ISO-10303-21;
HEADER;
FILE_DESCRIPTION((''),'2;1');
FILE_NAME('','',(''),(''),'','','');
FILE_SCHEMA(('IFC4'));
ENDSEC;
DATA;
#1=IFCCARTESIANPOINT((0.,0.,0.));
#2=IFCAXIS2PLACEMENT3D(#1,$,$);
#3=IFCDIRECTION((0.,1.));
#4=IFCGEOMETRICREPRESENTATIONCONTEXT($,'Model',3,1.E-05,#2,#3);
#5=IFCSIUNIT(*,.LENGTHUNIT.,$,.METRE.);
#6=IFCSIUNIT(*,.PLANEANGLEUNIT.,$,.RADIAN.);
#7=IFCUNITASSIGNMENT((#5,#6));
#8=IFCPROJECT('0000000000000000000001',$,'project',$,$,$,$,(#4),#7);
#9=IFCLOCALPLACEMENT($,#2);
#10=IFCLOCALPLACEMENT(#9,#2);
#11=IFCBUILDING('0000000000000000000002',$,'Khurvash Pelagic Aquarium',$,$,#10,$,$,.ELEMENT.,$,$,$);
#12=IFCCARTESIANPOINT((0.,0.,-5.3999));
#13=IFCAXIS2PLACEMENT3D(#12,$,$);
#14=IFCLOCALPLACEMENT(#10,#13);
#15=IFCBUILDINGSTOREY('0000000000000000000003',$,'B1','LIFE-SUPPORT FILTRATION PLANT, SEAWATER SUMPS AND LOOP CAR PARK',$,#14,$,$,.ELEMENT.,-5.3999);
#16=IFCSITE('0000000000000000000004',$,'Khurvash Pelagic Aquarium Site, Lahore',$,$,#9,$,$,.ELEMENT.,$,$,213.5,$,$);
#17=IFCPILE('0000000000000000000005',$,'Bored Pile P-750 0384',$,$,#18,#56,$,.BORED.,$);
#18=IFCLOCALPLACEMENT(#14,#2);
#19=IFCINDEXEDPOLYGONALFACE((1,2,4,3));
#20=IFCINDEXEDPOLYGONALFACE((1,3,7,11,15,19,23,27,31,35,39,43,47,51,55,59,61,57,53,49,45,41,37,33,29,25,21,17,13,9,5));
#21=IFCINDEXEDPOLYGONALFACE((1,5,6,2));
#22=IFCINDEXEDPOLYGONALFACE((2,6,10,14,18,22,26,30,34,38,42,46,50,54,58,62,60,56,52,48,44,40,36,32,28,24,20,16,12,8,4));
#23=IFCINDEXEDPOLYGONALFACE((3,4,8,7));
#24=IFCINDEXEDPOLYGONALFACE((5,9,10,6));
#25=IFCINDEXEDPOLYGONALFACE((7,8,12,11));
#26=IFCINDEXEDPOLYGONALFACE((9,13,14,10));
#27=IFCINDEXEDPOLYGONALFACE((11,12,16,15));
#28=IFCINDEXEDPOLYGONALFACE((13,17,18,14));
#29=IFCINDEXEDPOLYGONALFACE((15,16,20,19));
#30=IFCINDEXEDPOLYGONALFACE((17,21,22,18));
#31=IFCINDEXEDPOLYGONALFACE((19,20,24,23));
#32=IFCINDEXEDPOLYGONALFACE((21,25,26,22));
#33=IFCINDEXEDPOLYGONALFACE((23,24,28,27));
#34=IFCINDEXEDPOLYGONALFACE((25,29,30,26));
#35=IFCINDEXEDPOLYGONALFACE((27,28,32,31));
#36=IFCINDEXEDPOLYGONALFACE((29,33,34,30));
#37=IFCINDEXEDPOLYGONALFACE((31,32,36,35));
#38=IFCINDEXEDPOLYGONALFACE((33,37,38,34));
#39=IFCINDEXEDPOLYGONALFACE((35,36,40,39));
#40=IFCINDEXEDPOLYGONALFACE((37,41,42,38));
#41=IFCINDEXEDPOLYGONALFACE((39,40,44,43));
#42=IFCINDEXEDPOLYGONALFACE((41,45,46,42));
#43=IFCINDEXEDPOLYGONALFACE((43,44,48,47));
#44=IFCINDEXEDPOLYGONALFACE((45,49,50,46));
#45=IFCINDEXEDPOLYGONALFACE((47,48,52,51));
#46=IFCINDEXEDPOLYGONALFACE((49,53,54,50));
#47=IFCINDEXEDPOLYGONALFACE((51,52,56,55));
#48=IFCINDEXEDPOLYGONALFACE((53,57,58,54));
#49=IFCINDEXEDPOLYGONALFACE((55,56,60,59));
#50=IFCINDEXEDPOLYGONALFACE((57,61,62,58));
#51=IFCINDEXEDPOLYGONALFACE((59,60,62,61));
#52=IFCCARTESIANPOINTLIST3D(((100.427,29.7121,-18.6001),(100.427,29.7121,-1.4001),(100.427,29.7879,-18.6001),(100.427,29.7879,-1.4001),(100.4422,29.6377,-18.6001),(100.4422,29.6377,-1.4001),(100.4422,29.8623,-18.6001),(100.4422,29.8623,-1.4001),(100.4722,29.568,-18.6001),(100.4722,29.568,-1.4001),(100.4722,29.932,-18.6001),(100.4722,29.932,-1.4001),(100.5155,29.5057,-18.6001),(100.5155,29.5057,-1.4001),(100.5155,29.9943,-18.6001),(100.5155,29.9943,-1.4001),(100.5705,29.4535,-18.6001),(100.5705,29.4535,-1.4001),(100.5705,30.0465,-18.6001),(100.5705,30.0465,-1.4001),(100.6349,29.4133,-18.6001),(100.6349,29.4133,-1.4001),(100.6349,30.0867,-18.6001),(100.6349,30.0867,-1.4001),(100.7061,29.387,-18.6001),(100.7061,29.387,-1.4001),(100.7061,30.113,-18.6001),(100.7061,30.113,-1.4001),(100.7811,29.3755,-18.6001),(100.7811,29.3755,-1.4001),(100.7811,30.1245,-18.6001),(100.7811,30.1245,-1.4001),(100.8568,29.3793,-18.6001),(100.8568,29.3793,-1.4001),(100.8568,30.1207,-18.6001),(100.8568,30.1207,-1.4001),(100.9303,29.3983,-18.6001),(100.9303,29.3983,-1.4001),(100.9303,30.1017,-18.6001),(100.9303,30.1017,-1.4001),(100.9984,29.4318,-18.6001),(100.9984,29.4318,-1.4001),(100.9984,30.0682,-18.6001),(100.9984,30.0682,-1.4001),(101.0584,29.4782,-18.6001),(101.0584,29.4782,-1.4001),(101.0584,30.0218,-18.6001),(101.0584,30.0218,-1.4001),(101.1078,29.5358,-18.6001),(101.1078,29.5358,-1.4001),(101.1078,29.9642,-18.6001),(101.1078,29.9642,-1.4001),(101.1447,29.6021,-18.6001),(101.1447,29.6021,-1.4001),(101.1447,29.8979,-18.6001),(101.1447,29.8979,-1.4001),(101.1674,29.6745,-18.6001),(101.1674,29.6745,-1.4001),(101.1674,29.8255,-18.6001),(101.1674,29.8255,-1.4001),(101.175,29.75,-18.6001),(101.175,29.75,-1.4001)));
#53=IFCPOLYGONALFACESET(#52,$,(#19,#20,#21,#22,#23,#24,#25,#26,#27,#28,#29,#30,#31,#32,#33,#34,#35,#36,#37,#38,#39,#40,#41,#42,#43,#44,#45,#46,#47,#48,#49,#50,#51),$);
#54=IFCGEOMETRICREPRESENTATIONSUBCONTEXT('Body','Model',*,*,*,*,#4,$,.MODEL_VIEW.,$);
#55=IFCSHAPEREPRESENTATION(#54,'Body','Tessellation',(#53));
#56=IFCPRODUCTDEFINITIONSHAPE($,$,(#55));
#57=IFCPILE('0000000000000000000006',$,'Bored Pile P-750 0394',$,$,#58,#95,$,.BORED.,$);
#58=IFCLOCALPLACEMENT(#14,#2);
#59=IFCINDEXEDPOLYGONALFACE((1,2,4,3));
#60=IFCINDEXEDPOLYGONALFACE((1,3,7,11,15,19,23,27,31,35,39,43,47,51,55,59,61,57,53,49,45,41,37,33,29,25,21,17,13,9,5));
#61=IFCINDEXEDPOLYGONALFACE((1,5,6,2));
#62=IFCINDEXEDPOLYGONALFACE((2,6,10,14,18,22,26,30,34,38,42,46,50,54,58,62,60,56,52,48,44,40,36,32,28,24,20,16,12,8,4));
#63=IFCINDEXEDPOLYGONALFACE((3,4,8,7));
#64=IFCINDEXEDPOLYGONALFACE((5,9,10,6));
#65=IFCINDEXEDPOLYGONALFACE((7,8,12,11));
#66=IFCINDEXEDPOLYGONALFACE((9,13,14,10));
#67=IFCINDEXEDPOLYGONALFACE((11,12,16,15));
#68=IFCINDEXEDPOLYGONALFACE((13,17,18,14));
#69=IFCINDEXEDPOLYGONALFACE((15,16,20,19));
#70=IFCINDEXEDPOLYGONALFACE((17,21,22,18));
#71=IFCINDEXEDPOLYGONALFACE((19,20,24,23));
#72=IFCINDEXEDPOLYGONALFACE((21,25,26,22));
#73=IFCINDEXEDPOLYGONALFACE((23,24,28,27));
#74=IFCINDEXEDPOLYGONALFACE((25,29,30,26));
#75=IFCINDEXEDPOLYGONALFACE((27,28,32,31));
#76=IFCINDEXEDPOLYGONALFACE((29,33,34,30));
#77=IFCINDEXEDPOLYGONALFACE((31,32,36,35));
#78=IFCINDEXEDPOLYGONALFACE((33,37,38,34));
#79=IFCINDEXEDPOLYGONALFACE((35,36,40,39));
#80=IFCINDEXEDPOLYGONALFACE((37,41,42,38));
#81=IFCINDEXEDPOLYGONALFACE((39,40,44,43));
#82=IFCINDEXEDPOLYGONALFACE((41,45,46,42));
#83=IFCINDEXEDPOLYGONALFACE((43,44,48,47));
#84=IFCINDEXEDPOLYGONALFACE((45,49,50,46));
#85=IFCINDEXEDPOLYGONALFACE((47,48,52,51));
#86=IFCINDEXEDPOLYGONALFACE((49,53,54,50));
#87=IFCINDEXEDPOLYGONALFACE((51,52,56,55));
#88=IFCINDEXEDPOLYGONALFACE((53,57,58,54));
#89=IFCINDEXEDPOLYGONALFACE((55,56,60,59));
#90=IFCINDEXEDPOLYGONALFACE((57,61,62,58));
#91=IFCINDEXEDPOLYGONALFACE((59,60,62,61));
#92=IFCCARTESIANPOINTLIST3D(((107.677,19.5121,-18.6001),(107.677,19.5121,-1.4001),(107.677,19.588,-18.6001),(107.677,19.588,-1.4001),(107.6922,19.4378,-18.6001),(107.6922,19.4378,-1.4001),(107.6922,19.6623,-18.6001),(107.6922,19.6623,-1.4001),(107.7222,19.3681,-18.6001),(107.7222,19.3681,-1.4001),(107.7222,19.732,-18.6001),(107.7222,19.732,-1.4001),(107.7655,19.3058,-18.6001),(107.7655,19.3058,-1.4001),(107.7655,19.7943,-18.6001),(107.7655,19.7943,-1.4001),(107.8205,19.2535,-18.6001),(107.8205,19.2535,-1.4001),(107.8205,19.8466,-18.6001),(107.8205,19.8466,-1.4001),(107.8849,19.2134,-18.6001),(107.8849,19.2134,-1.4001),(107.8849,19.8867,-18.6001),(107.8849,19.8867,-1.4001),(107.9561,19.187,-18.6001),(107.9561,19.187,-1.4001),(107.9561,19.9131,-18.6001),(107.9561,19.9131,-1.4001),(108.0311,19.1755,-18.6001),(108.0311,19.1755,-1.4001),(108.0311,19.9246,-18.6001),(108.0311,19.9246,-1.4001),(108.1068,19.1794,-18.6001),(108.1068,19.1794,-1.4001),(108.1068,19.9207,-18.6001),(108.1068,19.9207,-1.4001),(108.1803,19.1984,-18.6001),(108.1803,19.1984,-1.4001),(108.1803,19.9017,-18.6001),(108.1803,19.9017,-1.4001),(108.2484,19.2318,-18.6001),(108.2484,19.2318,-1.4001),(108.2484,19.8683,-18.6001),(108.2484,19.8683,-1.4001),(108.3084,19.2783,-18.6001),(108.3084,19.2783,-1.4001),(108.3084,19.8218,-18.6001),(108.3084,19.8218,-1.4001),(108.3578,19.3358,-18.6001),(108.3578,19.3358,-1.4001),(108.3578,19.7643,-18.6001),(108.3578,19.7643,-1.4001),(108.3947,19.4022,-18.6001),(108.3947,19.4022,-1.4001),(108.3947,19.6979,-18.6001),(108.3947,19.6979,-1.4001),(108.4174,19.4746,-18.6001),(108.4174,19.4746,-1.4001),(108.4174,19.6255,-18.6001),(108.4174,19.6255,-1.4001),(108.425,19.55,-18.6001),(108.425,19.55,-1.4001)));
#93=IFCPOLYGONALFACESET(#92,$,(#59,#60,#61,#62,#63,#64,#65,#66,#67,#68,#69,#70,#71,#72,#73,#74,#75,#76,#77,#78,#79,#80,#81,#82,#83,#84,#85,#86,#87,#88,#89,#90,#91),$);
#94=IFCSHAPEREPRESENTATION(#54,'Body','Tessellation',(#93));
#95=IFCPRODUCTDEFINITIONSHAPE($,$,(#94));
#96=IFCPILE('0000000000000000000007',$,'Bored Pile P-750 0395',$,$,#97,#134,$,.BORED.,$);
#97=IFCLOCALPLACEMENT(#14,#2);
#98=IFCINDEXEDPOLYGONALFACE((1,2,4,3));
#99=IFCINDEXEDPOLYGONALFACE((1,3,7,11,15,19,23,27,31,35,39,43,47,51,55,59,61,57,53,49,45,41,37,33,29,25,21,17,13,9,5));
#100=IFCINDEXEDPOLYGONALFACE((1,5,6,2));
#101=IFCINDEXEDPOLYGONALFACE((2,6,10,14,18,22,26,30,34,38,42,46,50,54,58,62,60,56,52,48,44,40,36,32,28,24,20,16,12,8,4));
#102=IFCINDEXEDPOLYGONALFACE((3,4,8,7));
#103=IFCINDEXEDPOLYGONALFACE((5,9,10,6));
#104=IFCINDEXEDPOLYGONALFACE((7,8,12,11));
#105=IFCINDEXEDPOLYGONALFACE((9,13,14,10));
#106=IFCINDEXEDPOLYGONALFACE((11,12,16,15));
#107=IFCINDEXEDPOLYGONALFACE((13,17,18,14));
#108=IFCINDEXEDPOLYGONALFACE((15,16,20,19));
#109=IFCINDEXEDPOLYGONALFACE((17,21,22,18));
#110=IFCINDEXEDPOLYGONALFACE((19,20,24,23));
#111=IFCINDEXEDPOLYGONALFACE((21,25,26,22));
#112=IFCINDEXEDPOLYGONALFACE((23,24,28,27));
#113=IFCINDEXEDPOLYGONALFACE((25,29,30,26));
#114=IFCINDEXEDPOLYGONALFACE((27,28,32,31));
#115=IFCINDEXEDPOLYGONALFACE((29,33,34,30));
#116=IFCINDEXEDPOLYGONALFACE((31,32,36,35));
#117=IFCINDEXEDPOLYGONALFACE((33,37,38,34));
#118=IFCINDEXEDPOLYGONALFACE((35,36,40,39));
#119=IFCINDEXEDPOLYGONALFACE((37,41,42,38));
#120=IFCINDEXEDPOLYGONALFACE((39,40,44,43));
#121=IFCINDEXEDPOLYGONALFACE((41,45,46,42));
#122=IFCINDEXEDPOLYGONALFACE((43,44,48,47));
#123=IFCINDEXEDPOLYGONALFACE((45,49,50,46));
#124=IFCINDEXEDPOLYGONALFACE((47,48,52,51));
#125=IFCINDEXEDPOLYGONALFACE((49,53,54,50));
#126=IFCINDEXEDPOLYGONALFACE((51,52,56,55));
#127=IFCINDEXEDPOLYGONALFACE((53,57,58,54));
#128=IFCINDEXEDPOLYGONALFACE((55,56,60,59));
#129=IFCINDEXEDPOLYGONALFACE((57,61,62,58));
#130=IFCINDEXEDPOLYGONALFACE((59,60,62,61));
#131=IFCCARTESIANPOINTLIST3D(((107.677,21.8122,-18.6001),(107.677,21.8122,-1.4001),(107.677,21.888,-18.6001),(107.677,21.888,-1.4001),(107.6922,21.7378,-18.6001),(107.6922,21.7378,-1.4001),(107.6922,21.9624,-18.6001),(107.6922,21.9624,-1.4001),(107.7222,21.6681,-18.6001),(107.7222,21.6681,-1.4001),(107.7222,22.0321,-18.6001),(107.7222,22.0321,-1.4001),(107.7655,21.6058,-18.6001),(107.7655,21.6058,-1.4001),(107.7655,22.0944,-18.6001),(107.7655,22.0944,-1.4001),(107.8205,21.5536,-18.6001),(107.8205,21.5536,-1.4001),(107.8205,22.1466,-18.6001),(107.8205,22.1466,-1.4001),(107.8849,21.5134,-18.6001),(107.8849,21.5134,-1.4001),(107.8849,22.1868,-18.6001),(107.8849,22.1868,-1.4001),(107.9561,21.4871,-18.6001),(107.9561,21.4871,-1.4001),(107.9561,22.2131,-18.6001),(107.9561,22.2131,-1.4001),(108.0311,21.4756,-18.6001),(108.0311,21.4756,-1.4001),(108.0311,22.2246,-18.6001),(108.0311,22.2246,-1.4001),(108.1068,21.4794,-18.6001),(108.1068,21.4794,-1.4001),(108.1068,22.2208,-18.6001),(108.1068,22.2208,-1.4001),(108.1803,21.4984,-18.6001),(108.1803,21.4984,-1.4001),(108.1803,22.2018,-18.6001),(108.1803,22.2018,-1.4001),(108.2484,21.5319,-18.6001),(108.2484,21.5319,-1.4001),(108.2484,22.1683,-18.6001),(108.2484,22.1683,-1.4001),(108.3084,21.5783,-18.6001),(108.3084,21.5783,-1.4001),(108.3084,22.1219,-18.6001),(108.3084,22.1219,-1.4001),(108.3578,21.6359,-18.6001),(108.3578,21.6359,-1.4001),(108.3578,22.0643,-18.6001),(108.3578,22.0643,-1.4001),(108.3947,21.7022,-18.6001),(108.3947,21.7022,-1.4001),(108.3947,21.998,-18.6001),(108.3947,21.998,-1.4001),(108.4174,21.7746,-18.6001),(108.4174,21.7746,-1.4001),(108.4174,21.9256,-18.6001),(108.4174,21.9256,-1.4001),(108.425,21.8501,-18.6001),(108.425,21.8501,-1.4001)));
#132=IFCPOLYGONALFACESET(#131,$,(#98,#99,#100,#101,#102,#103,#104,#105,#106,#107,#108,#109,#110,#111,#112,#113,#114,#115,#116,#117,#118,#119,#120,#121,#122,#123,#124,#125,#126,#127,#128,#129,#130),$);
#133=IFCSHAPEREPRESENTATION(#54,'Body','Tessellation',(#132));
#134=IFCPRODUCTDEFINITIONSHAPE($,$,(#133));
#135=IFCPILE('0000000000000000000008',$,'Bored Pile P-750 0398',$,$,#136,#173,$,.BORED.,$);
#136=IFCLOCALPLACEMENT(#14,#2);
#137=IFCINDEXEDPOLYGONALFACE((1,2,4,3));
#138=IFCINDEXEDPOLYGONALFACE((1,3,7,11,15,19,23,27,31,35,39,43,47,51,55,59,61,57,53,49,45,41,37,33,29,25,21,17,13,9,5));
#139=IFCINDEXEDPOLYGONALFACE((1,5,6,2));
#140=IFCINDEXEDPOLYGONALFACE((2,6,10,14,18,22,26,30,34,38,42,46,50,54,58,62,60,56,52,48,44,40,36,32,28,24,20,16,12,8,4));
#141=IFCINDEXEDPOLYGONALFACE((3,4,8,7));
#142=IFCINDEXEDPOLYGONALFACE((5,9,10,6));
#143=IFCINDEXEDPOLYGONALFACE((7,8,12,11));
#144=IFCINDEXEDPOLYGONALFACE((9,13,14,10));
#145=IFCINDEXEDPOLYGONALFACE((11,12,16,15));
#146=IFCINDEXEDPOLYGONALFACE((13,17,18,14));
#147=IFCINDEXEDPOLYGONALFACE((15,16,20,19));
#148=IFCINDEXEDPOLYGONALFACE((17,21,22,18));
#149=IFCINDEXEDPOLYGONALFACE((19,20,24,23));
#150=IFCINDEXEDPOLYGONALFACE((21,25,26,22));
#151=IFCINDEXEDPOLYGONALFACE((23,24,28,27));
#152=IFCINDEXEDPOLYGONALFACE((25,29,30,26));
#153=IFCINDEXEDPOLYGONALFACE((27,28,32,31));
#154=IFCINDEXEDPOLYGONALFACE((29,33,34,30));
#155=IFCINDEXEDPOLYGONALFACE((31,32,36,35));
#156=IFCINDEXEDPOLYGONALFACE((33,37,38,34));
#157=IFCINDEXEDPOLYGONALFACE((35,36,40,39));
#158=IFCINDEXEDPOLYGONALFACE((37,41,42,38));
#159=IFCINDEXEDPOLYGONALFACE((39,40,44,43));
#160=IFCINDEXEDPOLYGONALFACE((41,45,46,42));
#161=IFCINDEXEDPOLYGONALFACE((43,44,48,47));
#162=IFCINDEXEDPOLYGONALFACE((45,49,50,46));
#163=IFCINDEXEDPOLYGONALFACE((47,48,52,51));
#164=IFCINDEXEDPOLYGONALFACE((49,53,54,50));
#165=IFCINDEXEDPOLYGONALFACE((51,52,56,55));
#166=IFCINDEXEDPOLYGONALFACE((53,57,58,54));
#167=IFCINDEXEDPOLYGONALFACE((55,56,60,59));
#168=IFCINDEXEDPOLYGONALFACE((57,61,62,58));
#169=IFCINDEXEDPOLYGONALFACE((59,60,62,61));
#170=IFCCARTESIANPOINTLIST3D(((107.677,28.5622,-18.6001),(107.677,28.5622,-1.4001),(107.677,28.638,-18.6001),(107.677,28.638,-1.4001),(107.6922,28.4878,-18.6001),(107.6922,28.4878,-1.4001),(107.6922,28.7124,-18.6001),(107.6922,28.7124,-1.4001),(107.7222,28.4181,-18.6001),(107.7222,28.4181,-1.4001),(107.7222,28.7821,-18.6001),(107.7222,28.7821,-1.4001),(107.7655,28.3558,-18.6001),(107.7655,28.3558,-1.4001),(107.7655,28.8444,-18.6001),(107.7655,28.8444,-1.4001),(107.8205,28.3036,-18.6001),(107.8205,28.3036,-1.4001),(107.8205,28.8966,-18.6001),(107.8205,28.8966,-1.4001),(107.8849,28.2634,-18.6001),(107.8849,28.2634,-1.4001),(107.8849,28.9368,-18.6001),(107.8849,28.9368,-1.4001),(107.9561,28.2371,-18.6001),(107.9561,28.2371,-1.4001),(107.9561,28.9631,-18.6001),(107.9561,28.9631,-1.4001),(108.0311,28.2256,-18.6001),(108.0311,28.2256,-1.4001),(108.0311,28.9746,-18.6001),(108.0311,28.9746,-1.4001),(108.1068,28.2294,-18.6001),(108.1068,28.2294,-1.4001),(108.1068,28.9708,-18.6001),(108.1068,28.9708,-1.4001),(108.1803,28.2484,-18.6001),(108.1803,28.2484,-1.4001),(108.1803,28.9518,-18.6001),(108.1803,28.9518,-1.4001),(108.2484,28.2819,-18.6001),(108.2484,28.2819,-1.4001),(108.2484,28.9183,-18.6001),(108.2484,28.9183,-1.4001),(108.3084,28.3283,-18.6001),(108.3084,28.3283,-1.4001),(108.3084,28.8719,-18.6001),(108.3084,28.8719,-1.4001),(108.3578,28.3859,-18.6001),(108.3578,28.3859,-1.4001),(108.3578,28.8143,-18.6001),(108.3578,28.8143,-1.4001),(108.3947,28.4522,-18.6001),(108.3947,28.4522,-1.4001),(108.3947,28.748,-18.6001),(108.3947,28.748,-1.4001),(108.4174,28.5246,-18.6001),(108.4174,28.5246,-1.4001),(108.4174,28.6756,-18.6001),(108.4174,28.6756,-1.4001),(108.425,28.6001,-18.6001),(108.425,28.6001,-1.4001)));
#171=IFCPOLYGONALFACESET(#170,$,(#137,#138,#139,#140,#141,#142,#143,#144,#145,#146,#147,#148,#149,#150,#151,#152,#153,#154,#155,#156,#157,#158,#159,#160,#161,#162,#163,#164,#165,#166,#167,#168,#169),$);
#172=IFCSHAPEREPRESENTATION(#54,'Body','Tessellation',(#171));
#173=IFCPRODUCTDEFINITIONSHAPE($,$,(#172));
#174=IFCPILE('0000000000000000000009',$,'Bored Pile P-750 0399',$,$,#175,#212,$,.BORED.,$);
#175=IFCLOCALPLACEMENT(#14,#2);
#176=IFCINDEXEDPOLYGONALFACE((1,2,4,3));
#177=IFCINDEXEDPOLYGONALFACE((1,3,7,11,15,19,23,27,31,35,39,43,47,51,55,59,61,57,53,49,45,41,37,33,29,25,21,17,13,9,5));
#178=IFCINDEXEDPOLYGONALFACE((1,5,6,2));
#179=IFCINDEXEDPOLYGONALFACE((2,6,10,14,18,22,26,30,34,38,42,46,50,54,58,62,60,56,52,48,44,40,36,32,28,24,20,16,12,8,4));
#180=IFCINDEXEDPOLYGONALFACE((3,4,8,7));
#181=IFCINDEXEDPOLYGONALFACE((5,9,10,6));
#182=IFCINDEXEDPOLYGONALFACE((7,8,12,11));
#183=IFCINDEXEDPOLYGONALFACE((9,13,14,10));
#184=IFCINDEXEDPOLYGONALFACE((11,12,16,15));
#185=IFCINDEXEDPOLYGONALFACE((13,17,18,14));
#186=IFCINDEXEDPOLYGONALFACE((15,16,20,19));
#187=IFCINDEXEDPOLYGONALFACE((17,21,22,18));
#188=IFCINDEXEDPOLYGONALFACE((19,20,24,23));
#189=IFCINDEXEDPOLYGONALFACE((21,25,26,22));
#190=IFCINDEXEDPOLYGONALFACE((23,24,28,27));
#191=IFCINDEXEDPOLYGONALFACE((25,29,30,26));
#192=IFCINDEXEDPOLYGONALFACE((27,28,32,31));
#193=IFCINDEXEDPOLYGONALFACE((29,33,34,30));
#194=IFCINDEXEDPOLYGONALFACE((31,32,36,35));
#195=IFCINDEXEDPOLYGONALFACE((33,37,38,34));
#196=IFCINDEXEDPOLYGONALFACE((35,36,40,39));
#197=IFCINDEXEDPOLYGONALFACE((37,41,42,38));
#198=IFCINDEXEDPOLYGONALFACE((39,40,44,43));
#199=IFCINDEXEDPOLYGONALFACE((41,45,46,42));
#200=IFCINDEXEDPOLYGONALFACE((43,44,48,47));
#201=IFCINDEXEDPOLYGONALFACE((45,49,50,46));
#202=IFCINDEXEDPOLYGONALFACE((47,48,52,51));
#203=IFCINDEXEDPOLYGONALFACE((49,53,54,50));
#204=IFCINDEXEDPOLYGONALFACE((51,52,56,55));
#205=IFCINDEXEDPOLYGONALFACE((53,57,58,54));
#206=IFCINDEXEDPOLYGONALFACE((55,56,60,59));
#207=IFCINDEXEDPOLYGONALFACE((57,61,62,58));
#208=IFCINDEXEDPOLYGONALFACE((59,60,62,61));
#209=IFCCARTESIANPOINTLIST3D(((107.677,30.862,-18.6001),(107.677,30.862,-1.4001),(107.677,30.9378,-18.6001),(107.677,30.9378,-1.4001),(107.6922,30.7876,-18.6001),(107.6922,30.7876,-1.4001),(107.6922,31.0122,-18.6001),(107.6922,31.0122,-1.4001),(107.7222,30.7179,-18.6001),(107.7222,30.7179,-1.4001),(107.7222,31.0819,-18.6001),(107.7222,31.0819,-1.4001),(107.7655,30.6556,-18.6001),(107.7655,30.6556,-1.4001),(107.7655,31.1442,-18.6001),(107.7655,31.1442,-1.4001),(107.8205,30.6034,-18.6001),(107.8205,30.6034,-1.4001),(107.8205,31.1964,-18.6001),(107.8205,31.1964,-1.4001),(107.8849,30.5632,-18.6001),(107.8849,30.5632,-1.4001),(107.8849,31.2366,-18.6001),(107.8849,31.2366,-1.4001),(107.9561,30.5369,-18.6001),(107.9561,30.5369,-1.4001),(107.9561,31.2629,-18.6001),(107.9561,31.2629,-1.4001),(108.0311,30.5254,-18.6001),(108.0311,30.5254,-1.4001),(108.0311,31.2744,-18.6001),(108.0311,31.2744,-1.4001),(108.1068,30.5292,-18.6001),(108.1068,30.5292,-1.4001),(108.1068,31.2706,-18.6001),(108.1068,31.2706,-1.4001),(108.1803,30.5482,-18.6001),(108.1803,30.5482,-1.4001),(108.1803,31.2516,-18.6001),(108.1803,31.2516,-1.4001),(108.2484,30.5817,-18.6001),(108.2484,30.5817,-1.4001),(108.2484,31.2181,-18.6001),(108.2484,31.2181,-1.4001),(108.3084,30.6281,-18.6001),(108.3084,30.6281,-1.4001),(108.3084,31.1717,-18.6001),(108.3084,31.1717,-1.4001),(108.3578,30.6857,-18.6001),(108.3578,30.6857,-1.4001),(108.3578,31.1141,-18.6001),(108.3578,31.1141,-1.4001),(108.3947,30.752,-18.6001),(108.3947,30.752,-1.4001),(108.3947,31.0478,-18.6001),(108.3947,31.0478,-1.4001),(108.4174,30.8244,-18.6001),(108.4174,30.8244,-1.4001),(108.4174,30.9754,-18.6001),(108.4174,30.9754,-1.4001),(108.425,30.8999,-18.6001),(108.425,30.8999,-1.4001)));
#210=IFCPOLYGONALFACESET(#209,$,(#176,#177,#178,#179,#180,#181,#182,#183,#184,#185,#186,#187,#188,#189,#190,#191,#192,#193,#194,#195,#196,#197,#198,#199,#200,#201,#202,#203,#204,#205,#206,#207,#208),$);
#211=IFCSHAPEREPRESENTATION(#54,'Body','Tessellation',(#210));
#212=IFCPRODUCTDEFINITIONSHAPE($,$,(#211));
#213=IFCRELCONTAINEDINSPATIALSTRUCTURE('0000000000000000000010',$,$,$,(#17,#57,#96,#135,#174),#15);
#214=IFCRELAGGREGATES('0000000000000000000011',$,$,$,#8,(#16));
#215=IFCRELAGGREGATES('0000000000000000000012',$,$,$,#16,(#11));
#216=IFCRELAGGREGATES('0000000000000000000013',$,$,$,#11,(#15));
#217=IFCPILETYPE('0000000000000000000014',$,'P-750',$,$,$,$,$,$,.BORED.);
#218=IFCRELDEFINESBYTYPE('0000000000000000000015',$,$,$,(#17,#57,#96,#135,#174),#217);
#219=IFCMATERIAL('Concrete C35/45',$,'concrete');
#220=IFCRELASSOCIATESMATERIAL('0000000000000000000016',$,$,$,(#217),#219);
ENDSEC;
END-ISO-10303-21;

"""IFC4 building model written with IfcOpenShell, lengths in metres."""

from ifc_helpers import new_model, si_unit, direction, frame, origin, origin_2d, place, context, subcontext, project, spatial, circle, extrude, material, material_profile, profile_set, type_object, element, save


model = new_model("IFC4")

# Units and contexts
model_context = context("Model", 3, precision=1e-05, world=origin(), true_north=direction((0.0, 1.0)))
body_context = subcontext(model_context, "Body", "Model", "MODEL_VIEW")
ifc_project = project(units=[si_unit("LENGTHUNIT", "METRE"), si_unit("PLANEANGLEUNIT", "RADIAN")], contexts=[model_context])

# Site, building, storey
site_placement = place(None, origin())
site = spatial("IfcSite", under=ifc_project, at=site_placement, Name="Khurvash Pelagic Aquarium Site, Lahore", CompositionType="ELEMENT", RefElevation=213.5)
building_placement = place(site_placement, origin())
building = spatial("IfcBuilding", under=site, at=building_placement, Name="Khurvash Pelagic Aquarium", CompositionType="ELEMENT")
storey_placement = place(building_placement, frame((0.0, 0.0, -5.3999)))
storey = spatial("IfcBuildingStorey", under=building, at=storey_placement, Name="B1", Description="LIFE-SUPPORT FILTRATION PLANT, SEAWATER SUMPS AND LOOP CAR PARK", CompositionType="ELEMENT", Elevation=-5.3999)

# Shared definitions
ifc_material_1 = material(Name="Concrete C35/45", Category="concrete")

# Piles
ifc_material_profile_1 = material_profile(ifc_material_1, circle(Radius=0.375, at=origin_2d()), Name="PILE750")
ifc_profile_set_1 = profile_set([ifc_material_profile_1], Name="Concrete C35/45")
pile_type = type_object("IfcPileType", Name="P-750", PredefinedType="BORED", material=ifc_profile_set_1)
for number, where, z_axis, x_axis, name in (
    (1, (100.8, 29.75, -1.4001), (0.0, 0.0, -1.0), (1.0, 0.0, 0.0), "Bored Pile P-750 0384"),
    (2, (108.05, 19.55, -1.4001), (0.0, 0.0, -1.0), (1.0, 0.0, 0.0), "Bored Pile P-750 0394"),
    (3, (108.05, 21.8501, -1.4001), (0.0, 0.0, -1.0), (1.0, 0.0, 0.0), "Bored Pile P-750 0395"),
    (4, (108.05, 28.6001, -1.4001), (0.0, 0.0, -1.0), (1.0, 0.0, 0.0), "Bored Pile P-750 0398"),
    (5, (108.05, 30.8999, -1.4001), (0.0, 0.0, -1.0), (1.0, 0.0, 0.0), "Bored Pile P-750 0399"),
):
    element("IfcPile", number, at=place(storey_placement, frame(where, z_axis=z_axis, x_axis=x_axis)), inside=storey, type_object=pile_type, Name=name, PredefinedType="BORED", context=body_context, shape_type="SweptSolid", body=[
        extrude(circle(Radius=0.375, at=origin_2d()), origin(), (0.0, 0.0, 1.0), 17.2),
    ])

save(model, "model.ifc")
